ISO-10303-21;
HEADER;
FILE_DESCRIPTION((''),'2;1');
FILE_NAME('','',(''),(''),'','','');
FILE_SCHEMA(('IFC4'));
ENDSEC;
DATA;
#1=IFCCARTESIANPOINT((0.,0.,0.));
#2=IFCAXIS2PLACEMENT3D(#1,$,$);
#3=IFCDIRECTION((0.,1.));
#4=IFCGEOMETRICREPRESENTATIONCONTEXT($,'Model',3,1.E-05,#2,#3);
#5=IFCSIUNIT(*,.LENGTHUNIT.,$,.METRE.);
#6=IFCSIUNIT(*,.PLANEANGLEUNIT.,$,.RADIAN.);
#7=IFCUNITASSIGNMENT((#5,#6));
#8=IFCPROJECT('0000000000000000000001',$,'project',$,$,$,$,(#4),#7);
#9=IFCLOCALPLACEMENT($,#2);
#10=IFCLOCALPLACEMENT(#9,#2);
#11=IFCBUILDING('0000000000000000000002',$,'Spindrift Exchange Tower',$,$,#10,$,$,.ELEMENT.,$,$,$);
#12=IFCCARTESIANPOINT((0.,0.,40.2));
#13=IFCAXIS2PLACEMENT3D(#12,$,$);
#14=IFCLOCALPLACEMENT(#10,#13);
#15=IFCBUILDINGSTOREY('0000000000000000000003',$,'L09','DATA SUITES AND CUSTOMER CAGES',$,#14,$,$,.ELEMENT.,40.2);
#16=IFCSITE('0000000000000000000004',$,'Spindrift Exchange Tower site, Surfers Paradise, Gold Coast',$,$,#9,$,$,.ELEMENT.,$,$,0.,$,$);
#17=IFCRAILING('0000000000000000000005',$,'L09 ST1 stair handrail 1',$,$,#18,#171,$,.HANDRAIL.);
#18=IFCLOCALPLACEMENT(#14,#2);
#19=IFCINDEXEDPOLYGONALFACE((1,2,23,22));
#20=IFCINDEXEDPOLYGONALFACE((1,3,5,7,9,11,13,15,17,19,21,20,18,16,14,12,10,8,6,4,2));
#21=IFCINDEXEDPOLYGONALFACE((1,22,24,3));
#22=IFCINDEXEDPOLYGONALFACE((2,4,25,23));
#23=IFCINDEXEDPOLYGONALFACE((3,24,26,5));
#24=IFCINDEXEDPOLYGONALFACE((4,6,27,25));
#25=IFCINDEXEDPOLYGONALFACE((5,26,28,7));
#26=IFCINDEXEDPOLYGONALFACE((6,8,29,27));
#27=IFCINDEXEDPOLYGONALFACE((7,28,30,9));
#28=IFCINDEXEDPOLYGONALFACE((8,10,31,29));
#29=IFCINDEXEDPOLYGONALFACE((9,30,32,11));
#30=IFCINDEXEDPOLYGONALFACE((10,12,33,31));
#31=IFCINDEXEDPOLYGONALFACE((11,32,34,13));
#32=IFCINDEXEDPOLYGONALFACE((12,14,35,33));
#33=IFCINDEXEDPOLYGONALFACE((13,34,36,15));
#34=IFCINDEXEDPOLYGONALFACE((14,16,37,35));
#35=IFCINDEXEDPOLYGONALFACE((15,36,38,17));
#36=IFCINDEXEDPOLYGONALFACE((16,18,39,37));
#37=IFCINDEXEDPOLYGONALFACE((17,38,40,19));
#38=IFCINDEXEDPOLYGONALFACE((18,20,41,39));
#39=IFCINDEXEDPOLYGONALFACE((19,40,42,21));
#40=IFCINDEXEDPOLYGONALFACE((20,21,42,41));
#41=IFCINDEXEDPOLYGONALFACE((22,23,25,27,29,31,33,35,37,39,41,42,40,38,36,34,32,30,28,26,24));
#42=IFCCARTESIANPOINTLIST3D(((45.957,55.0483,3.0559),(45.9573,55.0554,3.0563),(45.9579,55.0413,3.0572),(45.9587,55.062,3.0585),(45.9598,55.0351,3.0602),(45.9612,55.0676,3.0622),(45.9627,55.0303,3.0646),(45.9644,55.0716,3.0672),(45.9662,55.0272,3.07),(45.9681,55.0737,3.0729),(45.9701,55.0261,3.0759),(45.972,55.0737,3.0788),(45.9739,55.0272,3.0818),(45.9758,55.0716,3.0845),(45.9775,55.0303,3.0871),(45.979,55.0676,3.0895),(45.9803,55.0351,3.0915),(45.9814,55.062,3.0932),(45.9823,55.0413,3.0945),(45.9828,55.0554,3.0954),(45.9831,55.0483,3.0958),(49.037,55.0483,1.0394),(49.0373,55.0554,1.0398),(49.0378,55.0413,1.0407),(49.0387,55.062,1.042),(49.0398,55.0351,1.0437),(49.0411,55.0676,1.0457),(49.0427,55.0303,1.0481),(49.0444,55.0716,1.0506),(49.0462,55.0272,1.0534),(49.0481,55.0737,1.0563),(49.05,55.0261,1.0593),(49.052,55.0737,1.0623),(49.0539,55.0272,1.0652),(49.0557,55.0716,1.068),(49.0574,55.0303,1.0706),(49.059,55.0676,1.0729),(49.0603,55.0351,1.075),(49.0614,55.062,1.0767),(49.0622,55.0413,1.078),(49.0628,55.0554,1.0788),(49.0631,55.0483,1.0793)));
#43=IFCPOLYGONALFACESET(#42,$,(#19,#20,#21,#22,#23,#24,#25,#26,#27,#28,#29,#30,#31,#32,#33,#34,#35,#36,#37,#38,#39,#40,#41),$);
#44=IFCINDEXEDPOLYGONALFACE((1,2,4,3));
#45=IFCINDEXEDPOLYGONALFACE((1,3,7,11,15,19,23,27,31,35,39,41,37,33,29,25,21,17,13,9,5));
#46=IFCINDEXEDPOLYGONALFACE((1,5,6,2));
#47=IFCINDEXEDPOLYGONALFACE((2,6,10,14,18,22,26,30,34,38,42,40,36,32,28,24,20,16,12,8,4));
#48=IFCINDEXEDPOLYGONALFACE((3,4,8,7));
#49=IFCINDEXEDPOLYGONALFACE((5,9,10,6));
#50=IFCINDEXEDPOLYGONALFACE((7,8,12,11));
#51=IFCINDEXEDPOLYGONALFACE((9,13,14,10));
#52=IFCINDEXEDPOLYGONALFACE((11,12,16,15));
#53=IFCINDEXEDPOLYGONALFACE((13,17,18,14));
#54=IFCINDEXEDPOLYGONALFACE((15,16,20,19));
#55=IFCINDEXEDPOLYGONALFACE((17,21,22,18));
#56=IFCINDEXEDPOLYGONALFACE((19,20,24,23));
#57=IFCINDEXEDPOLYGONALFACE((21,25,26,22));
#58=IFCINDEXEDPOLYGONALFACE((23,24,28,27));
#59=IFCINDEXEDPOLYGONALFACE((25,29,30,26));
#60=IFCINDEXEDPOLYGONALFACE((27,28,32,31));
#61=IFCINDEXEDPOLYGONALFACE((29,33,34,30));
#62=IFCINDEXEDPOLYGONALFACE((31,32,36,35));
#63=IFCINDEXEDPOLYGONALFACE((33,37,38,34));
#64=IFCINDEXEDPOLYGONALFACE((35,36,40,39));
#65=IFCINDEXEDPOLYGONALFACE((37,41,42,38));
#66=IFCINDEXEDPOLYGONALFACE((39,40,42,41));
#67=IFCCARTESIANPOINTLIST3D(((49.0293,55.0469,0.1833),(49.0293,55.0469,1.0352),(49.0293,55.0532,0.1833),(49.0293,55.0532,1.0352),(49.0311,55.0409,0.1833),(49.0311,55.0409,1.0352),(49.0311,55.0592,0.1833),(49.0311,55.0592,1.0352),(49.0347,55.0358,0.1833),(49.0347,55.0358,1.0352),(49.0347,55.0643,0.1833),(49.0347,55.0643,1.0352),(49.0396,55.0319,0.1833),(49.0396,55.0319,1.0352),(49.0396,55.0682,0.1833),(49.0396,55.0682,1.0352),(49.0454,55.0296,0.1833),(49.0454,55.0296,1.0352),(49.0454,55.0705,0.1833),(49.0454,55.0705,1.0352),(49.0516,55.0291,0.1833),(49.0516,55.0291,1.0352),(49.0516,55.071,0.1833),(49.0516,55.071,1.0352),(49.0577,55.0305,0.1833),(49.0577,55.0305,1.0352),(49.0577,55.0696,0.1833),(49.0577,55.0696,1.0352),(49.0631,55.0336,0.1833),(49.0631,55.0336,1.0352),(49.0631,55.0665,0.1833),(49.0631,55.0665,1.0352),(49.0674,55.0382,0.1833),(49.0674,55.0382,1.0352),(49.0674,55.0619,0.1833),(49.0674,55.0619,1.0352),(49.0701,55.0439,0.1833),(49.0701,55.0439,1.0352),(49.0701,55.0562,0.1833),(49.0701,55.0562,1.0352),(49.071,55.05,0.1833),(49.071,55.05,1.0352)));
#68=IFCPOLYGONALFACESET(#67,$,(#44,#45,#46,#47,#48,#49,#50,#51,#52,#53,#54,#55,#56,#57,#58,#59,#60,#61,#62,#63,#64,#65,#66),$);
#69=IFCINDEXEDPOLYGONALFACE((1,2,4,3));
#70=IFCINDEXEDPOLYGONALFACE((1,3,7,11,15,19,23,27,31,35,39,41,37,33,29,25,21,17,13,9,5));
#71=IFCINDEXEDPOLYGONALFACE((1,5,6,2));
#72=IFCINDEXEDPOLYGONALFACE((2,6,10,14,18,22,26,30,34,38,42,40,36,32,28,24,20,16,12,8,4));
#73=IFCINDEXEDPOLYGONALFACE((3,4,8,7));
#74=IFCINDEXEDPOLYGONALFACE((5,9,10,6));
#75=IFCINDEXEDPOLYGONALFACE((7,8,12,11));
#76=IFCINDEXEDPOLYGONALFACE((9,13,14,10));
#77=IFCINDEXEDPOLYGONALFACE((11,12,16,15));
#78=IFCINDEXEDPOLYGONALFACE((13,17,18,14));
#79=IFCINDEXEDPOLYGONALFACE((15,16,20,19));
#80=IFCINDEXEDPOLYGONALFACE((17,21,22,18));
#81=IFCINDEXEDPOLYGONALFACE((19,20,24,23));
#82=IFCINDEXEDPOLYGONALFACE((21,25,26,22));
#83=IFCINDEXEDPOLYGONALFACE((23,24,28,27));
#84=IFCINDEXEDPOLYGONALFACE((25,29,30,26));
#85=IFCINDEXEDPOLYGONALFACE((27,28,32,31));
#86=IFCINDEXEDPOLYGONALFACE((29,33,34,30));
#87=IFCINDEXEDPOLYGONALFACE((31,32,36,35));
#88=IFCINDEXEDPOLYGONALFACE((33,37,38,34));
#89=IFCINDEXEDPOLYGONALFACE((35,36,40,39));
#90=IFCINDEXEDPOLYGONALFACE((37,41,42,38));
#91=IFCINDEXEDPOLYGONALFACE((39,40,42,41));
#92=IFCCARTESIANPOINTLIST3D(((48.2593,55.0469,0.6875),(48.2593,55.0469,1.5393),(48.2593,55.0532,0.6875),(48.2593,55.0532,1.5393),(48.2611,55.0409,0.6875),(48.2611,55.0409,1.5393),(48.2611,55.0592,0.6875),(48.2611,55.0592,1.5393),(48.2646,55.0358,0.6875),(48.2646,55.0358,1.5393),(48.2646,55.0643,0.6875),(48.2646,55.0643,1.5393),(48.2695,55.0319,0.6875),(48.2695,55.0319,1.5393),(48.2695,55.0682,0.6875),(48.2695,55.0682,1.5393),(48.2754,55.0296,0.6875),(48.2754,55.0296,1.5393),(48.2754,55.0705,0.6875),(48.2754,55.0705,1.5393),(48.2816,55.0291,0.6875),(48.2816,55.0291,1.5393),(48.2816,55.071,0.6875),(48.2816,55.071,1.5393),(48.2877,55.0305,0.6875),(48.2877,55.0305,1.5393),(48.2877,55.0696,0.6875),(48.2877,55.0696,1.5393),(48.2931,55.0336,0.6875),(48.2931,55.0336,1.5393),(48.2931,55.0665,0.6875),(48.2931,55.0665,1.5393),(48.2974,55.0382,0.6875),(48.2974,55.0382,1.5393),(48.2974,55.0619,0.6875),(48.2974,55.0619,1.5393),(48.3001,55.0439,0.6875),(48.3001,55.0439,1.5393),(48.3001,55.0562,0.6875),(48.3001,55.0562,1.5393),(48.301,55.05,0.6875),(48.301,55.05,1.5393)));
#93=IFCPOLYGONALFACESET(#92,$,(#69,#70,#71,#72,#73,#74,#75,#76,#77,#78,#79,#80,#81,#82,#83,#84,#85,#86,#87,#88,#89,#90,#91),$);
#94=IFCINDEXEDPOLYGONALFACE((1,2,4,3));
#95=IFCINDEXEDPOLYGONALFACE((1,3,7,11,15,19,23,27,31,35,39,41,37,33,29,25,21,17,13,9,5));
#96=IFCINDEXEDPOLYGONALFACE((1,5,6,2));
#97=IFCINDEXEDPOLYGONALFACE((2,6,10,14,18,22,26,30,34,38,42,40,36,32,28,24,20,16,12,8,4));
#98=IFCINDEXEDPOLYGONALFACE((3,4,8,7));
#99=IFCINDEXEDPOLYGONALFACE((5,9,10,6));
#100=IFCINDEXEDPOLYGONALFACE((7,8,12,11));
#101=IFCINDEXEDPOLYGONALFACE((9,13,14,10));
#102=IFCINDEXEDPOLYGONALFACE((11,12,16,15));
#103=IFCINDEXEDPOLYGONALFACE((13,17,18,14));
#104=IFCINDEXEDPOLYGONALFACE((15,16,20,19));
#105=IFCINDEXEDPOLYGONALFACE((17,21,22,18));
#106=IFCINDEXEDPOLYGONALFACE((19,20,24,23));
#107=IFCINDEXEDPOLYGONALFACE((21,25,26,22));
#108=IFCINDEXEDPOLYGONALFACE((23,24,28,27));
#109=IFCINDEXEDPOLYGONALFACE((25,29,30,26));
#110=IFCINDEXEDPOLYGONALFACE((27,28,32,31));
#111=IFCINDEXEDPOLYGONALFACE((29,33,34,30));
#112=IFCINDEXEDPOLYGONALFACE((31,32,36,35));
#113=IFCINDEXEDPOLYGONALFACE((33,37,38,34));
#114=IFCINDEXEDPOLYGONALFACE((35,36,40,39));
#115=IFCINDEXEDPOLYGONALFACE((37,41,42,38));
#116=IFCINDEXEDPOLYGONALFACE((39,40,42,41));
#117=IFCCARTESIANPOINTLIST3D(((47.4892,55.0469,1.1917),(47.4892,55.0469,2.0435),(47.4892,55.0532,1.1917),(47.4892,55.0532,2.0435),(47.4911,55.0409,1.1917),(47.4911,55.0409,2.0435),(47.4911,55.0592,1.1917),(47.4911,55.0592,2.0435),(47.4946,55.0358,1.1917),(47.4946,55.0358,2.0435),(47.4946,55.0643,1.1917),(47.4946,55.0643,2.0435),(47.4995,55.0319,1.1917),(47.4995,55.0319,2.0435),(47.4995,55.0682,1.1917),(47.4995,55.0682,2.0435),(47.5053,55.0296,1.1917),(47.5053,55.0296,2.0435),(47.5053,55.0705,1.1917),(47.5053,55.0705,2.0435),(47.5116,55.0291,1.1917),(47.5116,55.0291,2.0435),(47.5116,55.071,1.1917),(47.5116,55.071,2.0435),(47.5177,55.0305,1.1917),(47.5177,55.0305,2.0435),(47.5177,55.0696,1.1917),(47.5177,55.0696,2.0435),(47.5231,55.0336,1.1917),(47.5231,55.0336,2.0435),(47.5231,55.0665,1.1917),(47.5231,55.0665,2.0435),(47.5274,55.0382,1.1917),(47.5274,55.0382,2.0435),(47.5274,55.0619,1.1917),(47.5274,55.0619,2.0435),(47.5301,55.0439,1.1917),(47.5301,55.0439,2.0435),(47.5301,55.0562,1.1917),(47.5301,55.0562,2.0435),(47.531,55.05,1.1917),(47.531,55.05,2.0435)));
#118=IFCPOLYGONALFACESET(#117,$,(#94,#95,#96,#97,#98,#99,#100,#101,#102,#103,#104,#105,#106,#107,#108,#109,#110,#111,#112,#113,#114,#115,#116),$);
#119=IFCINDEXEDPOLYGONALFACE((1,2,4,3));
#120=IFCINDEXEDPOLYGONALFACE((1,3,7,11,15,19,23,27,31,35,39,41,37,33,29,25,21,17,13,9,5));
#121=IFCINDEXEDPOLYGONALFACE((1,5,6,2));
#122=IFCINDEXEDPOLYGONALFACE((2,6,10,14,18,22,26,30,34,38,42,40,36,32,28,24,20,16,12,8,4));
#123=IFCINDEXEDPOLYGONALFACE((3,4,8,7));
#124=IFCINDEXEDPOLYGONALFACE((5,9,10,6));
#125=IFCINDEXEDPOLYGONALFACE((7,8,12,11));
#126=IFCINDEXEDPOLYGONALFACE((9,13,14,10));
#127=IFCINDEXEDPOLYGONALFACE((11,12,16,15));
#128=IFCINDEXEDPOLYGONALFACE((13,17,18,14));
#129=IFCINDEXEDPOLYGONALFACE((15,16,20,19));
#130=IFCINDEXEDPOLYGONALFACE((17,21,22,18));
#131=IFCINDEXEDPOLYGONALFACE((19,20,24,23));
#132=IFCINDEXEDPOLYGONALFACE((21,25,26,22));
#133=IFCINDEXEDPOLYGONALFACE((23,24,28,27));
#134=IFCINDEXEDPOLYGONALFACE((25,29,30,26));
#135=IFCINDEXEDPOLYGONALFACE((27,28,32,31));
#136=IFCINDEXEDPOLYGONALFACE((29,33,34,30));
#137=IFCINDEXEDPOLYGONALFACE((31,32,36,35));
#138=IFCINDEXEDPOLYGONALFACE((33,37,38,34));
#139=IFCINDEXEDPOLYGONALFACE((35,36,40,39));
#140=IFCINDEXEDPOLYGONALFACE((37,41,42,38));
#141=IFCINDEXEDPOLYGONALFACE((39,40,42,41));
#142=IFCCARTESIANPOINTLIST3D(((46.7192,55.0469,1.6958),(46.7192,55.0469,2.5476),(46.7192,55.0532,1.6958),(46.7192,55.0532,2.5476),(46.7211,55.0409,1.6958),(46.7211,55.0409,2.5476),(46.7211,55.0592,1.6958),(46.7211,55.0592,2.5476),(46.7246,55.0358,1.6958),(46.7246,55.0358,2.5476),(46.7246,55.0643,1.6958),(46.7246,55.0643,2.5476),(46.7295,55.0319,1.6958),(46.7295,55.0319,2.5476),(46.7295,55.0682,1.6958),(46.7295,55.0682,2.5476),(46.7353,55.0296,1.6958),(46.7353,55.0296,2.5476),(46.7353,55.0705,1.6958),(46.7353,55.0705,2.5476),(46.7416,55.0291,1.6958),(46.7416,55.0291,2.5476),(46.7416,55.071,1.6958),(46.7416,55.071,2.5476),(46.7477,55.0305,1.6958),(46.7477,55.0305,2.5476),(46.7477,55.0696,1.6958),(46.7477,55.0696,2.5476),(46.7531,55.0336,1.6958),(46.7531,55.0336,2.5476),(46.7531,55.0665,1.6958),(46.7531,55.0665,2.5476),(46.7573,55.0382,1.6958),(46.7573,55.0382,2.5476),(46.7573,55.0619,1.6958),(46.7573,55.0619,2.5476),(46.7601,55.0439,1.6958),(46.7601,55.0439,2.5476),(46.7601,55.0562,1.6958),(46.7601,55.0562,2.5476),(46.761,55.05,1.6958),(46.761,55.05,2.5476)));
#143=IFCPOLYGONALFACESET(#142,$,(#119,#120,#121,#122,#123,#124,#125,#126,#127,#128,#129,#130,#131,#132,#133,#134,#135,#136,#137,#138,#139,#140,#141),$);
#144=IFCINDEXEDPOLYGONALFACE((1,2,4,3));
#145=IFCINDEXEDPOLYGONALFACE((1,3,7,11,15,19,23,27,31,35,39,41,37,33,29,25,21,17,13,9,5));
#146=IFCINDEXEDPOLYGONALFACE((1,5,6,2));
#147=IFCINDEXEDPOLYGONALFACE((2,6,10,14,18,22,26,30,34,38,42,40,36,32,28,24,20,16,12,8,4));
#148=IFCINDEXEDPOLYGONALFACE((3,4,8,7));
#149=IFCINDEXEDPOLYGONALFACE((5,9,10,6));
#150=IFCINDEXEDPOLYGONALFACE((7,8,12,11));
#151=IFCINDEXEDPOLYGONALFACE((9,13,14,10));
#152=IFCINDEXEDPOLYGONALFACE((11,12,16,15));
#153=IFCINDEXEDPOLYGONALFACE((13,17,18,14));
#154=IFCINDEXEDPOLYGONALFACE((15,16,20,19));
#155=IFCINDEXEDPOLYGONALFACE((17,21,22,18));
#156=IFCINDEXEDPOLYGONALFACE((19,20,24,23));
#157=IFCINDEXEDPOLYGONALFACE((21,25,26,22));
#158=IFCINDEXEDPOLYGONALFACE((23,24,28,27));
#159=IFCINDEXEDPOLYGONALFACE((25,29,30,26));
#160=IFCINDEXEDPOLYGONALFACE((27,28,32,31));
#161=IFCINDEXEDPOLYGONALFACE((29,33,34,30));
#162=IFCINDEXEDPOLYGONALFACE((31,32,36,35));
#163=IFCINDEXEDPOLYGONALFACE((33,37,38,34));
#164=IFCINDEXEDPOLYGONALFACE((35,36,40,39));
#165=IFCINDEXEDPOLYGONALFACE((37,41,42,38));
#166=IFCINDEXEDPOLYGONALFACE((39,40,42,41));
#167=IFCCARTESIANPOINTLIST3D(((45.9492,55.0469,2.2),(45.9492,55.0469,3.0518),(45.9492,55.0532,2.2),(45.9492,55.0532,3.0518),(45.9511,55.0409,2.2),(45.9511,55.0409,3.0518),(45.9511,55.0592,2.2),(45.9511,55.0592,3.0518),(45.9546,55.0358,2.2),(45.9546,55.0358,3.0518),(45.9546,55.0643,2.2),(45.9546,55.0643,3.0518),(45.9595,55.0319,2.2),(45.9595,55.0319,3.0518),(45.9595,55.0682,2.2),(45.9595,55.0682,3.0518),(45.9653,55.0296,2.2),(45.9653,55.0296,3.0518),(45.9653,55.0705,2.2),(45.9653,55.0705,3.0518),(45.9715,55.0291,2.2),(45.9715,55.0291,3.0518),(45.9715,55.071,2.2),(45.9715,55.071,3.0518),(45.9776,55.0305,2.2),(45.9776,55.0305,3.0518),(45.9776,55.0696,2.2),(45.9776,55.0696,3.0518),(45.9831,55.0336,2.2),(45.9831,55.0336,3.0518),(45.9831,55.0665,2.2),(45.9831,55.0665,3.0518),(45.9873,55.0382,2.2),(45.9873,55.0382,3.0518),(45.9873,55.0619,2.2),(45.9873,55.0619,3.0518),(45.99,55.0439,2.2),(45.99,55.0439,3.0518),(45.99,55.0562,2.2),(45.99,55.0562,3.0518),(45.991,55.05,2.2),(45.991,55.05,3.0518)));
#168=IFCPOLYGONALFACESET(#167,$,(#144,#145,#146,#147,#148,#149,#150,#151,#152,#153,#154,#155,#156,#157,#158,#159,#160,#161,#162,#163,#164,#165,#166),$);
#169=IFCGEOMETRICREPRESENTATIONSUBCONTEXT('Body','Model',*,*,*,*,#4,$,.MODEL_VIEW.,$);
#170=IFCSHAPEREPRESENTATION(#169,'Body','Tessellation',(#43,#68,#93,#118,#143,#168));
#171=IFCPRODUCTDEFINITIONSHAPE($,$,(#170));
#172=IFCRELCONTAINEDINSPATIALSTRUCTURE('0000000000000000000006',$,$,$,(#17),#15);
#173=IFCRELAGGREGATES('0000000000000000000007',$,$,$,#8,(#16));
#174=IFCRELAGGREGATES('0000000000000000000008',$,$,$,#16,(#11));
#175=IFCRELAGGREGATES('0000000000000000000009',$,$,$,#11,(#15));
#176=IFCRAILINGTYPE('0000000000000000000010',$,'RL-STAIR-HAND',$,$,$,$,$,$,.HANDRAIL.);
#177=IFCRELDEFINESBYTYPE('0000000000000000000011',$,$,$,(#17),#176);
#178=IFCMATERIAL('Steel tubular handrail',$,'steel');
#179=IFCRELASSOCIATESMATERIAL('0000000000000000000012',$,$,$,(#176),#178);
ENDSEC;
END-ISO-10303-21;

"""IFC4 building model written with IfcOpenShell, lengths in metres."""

from ifc_helpers import new_model, si_unit, direction, frame, origin, origin_2d, place, context, subcontext, project, spatial, circle, extrude, material, type_object, element, save


model = new_model("IFC4")

# Units and contexts
model_context = context("Model", 3, precision=1e-05, world=origin(), true_north=direction((0.0, 1.0)))
body_context = subcontext(model_context, "Body", "Model", "MODEL_VIEW")
ifc_project = project(units=[si_unit("LENGTHUNIT", "METRE"), si_unit("PLANEANGLEUNIT", "RADIAN")], contexts=[model_context])

# Site, building, storey
site_placement = place(None, origin())
site = spatial("IfcSite", under=ifc_project, at=site_placement, Name="Spindrift Exchange Tower site, Surfers Paradise, Gold Coast", CompositionType="ELEMENT", RefElevation=0.0)
building_placement = place(site_placement, origin())
building = spatial("IfcBuilding", under=site, at=building_placement, Name="Spindrift Exchange Tower", CompositionType="ELEMENT")
storey_placement = place(building_placement, frame((0.0, 0.0, 40.2)))
storey = spatial("IfcBuildingStorey", under=building, at=storey_placement, Name="L09", Description="DATA SUITES AND CUSTOMER CAGES", CompositionType="ELEMENT", Elevation=40.2)

# Railing
ifc_material_1 = material(Name="Steel tubular handrail", Category="steel")
railing_type_1 = type_object("IfcRailingType", Name="RL-STAIR-HAND", PredefinedType="HANDRAIL", material=ifc_material_1)
railing_1_placement = place(storey_placement, frame((49.05, 55.05, 0.1833)))
element("IfcRailing", 1, at=railing_1_placement, inside=storey, type_object=railing_type_1, Name="L09 ST1 stair handrail 1", PredefinedType="HANDRAIL", context=body_context, shape_type="SweptSolid", body=[
    extrude(circle(Radius=0.0239, at=origin_2d()), frame((0.0, 0.0, 0.876), z_axis=(-0.836633, 0.0, 0.547764), x_axis=(0.0, -1.0, 0.0)), (0.0, 0.0, 1.0), 3.6814),
    extrude(circle(Radius=0.021, at=origin_2d()), origin(), (0.0, 0.0, 1.0), 0.8518),
    extrude(circle(Radius=0.021, at=origin_2d()), frame((-0.77, 0.0, 0.5042)), (0.0, 0.0, 1.0), 0.8518),
    extrude(circle(Radius=0.021, at=origin_2d()), frame((-1.54, 0.0, 1.0083)), (0.0, 0.0, 1.0), 0.8518),
    extrude(circle(Radius=0.021, at=origin_2d()), frame((-2.3101, 0.0, 1.5125)), (0.0, 0.0, 1.0), 0.8518),
    extrude(circle(Radius=0.021, at=origin_2d()), frame((-3.0801, 0.0, 2.0166)), (0.0, 0.0, 1.0), 0.8518),
])

save(model, "model.ifc")
